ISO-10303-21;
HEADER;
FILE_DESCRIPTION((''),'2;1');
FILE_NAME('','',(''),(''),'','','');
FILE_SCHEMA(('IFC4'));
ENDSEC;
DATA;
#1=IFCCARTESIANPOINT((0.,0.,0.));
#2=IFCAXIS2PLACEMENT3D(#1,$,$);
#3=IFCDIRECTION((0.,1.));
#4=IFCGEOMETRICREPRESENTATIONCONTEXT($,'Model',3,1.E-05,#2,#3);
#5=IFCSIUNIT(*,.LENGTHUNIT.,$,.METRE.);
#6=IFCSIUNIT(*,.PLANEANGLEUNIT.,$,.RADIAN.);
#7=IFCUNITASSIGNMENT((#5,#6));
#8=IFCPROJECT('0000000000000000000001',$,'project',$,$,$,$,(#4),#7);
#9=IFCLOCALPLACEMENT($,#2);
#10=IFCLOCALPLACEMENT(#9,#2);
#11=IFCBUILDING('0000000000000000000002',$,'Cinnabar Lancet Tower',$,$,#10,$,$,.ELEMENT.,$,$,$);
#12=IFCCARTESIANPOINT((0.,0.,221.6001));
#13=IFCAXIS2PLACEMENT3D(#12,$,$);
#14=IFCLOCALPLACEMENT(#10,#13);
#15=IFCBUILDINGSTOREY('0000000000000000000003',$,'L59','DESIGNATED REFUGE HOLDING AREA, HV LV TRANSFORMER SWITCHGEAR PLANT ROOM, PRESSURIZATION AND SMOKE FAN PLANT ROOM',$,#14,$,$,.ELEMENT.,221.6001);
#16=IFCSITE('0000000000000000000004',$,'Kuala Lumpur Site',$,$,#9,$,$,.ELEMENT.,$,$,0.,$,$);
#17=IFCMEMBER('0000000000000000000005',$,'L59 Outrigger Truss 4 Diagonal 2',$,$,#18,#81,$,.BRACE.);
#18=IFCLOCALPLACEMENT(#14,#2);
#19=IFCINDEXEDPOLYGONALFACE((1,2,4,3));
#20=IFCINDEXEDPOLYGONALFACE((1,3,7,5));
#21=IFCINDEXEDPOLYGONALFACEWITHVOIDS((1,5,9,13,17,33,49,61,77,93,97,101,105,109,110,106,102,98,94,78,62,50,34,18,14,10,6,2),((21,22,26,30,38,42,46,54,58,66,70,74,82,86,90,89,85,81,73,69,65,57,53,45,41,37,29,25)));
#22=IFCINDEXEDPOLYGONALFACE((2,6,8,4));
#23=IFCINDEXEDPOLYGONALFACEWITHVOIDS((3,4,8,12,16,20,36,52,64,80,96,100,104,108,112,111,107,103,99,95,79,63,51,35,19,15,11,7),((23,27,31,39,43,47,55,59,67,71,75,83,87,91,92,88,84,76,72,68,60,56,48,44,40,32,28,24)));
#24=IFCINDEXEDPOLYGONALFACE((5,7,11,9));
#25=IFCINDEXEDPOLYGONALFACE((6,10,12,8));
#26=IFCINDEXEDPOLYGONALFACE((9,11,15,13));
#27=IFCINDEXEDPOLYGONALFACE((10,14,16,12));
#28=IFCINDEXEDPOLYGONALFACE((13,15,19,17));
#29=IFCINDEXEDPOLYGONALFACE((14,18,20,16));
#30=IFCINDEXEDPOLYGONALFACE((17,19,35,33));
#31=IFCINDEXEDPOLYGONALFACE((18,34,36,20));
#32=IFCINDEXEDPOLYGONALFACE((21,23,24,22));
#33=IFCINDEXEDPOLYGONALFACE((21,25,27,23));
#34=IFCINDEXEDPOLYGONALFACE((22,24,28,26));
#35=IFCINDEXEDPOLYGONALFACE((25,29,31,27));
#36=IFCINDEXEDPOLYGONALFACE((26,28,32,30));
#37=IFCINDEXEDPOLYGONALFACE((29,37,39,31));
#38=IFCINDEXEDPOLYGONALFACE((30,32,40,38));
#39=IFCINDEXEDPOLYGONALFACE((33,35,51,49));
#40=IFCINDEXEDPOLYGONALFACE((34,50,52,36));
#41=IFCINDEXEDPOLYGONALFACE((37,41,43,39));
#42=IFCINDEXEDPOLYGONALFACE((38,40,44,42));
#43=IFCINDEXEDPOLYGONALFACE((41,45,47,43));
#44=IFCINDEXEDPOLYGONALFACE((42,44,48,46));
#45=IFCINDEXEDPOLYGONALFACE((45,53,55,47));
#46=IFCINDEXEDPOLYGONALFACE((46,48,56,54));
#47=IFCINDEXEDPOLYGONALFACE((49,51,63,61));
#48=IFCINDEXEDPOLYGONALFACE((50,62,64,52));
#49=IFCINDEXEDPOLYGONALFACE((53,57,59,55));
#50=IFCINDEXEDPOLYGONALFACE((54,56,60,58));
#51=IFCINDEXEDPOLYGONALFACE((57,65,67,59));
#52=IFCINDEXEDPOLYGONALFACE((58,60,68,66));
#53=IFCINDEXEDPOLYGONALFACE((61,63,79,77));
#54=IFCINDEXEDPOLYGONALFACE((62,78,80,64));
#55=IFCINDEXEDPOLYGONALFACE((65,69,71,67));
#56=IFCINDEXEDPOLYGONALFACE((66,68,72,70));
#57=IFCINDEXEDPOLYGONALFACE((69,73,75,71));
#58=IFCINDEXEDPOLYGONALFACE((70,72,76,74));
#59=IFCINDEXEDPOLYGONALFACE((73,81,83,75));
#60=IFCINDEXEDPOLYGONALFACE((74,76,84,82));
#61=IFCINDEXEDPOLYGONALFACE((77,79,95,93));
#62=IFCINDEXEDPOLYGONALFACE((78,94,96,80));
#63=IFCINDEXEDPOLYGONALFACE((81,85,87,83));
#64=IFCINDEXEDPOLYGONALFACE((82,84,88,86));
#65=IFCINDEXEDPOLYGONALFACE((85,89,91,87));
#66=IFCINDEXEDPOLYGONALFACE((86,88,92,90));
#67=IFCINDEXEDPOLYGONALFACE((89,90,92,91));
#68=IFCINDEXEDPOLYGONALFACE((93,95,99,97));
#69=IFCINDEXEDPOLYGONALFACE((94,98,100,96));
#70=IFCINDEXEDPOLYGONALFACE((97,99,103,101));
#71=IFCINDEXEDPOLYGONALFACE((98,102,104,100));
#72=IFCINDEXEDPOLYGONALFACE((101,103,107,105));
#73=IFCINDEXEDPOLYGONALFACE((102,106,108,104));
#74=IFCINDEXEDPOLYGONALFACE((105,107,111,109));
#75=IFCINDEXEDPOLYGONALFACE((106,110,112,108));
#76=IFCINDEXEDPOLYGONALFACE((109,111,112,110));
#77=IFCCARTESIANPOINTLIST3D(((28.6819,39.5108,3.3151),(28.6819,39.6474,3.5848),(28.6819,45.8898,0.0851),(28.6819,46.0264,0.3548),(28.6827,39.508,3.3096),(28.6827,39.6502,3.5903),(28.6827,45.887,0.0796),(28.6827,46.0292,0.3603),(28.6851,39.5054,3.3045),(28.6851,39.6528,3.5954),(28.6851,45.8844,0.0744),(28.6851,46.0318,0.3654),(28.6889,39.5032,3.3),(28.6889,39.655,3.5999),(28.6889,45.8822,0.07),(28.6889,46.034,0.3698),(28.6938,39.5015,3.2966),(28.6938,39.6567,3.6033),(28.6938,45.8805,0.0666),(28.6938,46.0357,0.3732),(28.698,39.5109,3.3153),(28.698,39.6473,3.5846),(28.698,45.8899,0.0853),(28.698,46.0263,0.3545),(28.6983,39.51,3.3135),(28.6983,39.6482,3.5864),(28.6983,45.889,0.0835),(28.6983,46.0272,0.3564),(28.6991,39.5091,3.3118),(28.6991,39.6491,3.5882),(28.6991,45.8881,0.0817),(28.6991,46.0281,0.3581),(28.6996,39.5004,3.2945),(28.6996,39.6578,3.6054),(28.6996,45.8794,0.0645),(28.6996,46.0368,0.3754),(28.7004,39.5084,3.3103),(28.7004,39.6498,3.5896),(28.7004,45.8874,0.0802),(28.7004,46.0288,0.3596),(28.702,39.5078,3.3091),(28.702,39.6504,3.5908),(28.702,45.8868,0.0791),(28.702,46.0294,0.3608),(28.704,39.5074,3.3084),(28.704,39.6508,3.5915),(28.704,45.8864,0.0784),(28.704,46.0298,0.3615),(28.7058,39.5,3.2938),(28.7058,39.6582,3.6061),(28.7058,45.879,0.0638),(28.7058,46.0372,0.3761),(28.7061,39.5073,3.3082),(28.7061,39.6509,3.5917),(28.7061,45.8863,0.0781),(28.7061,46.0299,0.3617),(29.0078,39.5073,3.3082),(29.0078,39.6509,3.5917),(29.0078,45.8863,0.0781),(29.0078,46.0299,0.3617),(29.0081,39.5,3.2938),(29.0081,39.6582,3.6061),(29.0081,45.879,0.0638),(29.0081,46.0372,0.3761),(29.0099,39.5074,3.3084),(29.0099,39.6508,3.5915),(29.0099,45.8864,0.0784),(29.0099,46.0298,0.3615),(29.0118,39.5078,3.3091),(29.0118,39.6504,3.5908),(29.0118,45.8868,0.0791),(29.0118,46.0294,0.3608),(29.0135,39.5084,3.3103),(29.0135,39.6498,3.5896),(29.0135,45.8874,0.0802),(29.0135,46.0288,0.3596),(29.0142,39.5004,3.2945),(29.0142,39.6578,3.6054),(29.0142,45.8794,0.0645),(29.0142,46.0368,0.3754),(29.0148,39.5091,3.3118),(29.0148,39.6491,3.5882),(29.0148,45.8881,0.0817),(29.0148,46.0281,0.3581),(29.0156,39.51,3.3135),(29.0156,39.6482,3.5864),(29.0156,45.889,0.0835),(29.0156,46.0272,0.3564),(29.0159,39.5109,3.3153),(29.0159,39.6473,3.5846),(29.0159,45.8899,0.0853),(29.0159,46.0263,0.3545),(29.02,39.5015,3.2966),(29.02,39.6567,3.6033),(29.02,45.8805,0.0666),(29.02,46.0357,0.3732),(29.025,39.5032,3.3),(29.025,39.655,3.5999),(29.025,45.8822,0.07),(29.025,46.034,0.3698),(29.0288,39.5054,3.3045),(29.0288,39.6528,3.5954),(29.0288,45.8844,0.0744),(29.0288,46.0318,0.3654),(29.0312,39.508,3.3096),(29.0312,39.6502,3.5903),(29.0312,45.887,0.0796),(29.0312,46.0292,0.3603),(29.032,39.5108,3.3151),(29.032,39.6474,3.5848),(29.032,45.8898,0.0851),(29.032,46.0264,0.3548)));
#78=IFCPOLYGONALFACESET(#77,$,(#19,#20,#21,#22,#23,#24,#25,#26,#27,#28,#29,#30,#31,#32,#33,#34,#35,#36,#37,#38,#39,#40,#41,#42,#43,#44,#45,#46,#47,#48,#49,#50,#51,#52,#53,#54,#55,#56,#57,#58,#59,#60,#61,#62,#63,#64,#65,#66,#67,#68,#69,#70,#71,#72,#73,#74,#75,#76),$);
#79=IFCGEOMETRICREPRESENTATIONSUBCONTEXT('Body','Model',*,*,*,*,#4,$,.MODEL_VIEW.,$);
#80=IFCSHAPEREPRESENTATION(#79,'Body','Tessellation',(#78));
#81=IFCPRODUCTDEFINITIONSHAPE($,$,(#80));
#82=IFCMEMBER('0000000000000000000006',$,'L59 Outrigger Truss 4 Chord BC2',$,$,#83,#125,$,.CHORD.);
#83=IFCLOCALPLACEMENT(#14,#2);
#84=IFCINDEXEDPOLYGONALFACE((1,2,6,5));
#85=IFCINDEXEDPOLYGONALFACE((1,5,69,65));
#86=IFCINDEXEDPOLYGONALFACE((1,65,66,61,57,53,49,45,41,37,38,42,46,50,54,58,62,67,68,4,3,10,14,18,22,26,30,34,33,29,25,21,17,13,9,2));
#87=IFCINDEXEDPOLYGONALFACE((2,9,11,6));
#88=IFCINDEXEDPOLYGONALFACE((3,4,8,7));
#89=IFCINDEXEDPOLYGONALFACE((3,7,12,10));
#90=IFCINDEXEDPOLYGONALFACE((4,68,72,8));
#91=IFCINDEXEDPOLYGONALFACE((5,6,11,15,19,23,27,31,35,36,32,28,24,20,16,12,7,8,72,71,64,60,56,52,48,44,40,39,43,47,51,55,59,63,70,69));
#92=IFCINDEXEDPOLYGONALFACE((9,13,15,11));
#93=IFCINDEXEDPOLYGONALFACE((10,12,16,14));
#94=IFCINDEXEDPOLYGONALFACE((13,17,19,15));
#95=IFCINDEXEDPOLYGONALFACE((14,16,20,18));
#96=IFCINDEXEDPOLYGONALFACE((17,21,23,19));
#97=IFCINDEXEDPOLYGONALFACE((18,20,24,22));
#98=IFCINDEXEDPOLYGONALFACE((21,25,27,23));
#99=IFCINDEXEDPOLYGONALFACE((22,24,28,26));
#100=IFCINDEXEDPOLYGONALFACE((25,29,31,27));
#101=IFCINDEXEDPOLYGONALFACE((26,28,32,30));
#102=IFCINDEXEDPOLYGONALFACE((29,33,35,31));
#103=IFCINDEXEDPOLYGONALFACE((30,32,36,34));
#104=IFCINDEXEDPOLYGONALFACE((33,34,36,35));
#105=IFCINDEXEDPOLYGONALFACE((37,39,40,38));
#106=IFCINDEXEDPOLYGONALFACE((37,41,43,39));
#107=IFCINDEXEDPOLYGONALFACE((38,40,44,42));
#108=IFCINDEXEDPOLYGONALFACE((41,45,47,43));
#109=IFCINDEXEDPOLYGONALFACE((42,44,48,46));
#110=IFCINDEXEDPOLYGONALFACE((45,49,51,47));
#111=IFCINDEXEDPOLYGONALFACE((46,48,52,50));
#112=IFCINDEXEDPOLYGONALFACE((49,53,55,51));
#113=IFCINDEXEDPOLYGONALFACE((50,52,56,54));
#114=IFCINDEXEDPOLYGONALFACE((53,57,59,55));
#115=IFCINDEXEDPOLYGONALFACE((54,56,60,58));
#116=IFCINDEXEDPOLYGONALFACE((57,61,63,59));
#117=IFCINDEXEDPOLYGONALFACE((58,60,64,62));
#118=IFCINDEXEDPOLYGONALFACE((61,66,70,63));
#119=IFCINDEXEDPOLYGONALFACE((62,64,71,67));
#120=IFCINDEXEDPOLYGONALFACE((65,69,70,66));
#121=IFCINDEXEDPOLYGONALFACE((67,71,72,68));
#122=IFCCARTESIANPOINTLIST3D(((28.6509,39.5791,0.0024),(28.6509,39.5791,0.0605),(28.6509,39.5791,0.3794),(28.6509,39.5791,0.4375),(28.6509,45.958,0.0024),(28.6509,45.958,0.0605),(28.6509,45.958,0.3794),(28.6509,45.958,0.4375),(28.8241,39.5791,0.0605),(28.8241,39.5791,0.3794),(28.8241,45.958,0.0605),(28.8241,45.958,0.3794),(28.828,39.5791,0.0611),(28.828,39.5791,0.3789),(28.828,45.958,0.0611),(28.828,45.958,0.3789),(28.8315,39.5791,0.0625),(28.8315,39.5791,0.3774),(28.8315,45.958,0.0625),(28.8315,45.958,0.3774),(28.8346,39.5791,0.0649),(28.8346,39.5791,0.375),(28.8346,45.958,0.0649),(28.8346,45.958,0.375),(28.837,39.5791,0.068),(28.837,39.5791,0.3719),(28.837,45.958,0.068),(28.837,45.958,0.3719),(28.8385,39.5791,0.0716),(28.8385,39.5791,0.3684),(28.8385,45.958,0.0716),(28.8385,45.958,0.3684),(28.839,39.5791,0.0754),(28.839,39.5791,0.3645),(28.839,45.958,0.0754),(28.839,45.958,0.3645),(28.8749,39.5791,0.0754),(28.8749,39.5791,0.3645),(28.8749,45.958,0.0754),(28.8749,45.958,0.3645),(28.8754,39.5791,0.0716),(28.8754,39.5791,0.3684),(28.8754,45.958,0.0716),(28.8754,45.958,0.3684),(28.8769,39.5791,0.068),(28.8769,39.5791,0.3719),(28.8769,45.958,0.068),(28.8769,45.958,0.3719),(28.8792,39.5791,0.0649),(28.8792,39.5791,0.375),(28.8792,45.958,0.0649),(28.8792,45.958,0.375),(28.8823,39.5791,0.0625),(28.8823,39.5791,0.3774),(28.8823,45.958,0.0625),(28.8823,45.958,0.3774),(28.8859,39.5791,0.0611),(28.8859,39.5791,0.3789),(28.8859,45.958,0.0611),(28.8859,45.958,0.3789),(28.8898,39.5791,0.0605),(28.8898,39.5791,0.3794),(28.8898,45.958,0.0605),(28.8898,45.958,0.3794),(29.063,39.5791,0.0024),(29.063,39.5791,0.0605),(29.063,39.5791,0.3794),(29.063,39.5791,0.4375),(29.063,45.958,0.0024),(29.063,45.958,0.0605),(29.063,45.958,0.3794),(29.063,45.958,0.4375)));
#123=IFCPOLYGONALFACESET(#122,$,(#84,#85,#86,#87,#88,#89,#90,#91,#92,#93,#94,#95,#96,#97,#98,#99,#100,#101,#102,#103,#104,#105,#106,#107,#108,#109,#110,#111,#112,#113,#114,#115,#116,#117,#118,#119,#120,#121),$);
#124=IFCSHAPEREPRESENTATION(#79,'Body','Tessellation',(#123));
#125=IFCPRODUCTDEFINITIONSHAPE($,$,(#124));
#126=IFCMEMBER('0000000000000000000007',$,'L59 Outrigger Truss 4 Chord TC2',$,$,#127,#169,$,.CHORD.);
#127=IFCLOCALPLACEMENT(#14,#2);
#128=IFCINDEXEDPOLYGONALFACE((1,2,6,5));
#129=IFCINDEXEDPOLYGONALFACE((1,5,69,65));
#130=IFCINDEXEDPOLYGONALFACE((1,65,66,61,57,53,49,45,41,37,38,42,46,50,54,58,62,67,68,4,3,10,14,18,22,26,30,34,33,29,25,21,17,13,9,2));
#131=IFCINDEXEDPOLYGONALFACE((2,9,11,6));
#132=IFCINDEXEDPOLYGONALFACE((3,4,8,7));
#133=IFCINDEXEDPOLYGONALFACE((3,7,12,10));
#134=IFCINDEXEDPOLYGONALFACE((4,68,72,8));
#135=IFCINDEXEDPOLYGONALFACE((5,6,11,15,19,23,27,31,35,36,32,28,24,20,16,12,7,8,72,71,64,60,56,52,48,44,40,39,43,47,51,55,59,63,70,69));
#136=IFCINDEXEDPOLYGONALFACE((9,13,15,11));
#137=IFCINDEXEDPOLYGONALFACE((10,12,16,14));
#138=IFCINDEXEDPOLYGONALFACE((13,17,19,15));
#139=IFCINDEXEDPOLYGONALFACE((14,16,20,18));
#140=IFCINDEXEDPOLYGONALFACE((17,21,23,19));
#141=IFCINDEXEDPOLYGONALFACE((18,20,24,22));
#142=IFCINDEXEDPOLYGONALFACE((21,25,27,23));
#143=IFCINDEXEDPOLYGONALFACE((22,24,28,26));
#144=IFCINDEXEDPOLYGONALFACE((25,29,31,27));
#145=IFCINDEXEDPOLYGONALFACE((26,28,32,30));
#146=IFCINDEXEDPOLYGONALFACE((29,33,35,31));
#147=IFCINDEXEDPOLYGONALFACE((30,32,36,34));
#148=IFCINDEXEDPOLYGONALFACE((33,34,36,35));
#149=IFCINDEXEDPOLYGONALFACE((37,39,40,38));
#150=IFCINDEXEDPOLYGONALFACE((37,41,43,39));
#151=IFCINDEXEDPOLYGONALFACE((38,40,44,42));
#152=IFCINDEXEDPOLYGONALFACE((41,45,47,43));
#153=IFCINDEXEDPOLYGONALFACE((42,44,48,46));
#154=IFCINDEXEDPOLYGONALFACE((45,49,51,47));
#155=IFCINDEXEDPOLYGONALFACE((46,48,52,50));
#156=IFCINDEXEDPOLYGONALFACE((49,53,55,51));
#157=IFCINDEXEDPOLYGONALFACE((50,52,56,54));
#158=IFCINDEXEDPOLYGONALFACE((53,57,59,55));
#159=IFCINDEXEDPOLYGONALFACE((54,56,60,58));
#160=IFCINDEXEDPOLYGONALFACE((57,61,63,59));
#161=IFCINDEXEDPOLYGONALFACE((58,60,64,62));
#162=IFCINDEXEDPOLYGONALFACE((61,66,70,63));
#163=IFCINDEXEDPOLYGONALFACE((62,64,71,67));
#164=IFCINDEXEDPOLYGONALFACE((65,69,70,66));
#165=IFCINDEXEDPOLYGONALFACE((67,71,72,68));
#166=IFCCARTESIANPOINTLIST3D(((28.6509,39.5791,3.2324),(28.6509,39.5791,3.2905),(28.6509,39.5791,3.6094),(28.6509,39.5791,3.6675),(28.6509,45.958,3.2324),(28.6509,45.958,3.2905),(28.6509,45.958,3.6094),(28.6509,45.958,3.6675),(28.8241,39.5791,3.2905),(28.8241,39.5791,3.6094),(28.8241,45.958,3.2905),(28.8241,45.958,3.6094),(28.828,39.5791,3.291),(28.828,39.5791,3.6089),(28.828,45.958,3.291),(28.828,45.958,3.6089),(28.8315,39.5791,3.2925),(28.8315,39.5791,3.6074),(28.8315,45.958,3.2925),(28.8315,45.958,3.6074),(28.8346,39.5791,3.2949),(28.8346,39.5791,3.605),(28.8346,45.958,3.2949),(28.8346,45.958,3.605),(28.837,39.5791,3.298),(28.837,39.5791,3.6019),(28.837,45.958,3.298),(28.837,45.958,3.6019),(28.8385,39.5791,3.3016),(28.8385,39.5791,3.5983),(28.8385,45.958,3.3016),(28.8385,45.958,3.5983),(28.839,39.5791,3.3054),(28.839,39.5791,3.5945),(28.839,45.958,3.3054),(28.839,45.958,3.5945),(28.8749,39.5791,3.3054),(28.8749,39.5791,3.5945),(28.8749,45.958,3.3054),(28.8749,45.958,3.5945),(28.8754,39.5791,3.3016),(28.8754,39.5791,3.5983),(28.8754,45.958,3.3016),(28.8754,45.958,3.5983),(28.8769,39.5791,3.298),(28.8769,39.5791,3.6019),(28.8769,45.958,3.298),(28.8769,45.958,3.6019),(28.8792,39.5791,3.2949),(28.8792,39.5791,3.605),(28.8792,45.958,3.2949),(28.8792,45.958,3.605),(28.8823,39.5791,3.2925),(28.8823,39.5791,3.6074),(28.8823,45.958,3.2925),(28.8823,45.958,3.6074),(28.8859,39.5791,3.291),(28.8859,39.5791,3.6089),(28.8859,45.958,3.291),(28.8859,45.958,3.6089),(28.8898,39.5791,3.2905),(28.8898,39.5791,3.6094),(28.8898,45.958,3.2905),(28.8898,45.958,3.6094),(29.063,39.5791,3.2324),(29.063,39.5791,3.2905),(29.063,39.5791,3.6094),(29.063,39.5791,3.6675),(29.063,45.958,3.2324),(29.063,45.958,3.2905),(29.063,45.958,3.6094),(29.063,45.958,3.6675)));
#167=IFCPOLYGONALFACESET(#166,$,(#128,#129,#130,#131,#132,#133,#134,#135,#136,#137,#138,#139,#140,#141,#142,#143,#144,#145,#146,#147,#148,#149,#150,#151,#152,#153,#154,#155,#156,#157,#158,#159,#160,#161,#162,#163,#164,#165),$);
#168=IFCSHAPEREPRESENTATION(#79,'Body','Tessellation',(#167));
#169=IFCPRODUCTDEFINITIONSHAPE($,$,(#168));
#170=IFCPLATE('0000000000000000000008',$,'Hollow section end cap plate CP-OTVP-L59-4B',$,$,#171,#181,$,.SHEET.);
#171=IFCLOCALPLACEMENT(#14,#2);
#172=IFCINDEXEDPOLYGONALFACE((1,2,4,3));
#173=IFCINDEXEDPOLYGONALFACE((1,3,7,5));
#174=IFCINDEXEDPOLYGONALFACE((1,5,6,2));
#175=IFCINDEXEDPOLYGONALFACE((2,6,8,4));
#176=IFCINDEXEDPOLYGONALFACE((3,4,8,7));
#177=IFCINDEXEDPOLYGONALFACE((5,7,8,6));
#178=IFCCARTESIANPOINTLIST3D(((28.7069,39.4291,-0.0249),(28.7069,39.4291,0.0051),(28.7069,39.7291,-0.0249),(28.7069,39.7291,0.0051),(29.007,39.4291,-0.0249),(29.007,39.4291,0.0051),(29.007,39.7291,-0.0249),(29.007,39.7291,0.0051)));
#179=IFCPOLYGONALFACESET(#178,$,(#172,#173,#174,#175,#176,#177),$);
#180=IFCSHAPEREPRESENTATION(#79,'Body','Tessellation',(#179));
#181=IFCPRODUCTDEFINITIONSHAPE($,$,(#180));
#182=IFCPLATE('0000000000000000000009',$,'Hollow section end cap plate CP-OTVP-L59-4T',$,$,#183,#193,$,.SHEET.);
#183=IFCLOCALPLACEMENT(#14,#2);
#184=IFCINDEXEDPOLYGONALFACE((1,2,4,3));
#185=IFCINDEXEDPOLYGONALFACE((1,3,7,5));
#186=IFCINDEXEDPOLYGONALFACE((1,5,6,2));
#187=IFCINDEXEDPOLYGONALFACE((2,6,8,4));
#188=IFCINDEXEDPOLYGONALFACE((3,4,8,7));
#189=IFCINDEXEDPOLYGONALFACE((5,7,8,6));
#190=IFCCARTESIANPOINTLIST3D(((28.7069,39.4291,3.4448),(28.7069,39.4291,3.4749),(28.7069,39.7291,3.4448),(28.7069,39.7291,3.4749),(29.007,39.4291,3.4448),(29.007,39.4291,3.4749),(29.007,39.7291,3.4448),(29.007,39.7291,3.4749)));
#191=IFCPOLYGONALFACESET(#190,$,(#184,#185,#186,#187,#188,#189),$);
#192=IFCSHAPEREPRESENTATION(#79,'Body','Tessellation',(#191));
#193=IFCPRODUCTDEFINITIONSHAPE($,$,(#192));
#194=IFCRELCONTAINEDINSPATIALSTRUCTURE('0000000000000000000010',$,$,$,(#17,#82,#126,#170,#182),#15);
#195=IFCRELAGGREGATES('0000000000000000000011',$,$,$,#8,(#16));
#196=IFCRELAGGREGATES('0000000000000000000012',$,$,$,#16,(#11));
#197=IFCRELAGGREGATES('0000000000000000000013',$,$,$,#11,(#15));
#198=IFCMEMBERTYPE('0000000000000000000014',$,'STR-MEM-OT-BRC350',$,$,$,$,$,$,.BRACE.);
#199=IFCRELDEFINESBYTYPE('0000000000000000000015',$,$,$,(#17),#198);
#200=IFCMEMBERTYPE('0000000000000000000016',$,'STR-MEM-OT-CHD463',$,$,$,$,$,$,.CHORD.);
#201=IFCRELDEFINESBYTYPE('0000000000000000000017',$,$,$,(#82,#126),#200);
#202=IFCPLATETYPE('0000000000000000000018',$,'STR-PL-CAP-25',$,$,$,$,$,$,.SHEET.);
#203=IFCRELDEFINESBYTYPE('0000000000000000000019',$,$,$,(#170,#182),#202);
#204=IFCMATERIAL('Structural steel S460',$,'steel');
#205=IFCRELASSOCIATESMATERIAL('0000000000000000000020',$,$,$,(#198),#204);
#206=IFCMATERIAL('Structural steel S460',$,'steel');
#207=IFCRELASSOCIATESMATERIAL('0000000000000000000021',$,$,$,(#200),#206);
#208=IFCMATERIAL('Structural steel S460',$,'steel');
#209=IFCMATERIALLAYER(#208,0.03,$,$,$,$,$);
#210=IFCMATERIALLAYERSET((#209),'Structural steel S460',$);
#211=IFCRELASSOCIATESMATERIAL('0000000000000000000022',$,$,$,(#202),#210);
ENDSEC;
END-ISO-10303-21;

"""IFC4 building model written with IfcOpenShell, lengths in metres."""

from ifc_helpers import new_model, si_unit, direction, frame, origin, origin_2d, place, context, subcontext, project, spatial, rectangle, hollow_rectangle, i_section, extrude, material, layer, layer_set, material_profile, profile_set, type_object, element, save


model = new_model("IFC4")

# Units and contexts
model_context = context("Model", 3, precision=1e-05, world=origin(), true_north=direction((0.0, 1.0)))
body_context = subcontext(model_context, "Body", "Model", "MODEL_VIEW")
ifc_project = project(units=[si_unit("LENGTHUNIT", "METRE"), si_unit("PLANEANGLEUNIT", "RADIAN")], contexts=[model_context])

# Site, building, storey
site_placement = place(None, origin())
site = spatial("IfcSite", under=ifc_project, at=site_placement, Name="Kuala Lumpur Site", CompositionType="ELEMENT", RefElevation=0.0)
building_placement = place(site_placement, origin())
building = spatial("IfcBuilding", under=site, at=building_placement, Name="Cinnabar Lancet Tower", CompositionType="ELEMENT")
storey_placement = place(building_placement, frame((0.0, 0.0, 221.6001)))
storey = spatial("IfcBuildingStorey", under=building, at=storey_placement, Name="L59", Description="DESIGNATED REFUGE HOLDING AREA, HV LV TRANSFORMER SWITCHGEAR PLANT ROOM, PRESSURIZATION AND SMOKE FAN PLANT ROOM", CompositionType="ELEMENT", Elevation=221.6001)

# Members
ifc_material_1 = material(Name="Structural steel S460", Category="steel")
ifc_material_profile_1 = material_profile(ifc_material_1, hollow_rectangle(XDim=0.3501, YDim=0.3501, WallThickness=0.0161, InnerFilletRadius=0.0081, OuterFilletRadius=0.0239, at=origin_2d()), Name="SHS 350x350x16")
ifc_profile_set_1 = profile_set([ifc_material_profile_1], Name="Structural steel S460")
member_type_1 = type_object("IfcMemberType", Name="STR-MEM-OT-BRC350", PredefinedType="BRACE", material=ifc_profile_set_1)
member_1_placement = place(storey_placement, frame((28.8569, 39.5791, 3.45), z_axis=(0.0, 0.892148, -0.451742), x_axis=(-1.0, 0.0, 0.0)))
element("IfcMember", 1, at=member_1_placement, inside=storey, type_object=member_type_1, Name="L59 Outrigger Truss 4 Diagonal 2", PredefinedType="BRACE", context=body_context, shape_type="SweptSolid", body=[
    extrude(hollow_rectangle(XDim=0.3501, YDim=0.3501, WallThickness=0.0161, InnerFilletRadius=0.0081, OuterFilletRadius=0.0239, at=origin_2d()), origin(), (0.0, 0.0, 1.0), 7.1501),
])
ifc_material_2 = material(Name="Structural steel S460", Category="steel")
ifc_material_profile_2 = material_profile(ifc_material_2, i_section(OverallWidth=0.4121, OverallDepth=0.4351, WebThickness=0.0359, FlangeThickness=0.0581, FilletRadius=0.0149, at=origin_2d()), Name="HD 400x463")
ifc_profile_set_2 = profile_set([ifc_material_profile_2], Name="Structural steel S460")
member_type_2 = type_object("IfcMemberType", Name="STR-MEM-OT-CHD463", PredefinedType="CHORD", material=ifc_profile_set_2)
for number, where, z_axis, x_axis, name in (
    (2, (28.8569, 39.5791, 0.22), (0.0, 1.0, 0.0), (-1.0, 0.0, 0.0), "L59 Outrigger Truss 4 Chord BC2"),
    (3, (28.8569, 39.5791, 3.45), (0.0, 1.0, 0.0), (-1.0, 0.0, 0.0), "L59 Outrigger Truss 4 Chord TC2"),
):
    element("IfcMember", number, at=place(storey_placement, frame(where, z_axis=z_axis, x_axis=x_axis)), inside=storey, type_object=member_type_2, Name=name, PredefinedType="CHORD", context=body_context, shape_type="SweptSolid", body=[
        extrude(i_section(OverallWidth=0.4121, OverallDepth=0.4351, WebThickness=0.0359, FlangeThickness=0.0581, FilletRadius=0.0149, at=origin_2d()), origin(), (0.0, 0.0, 1.0), 6.3789),
    ])

# Plates
ifc_material_3 = material(Name="Structural steel S460", Category="steel")
ifc_layer_1 = layer(ifc_material_3, 0.03)
ifc_layer_set_1 = layer_set([ifc_layer_1], Name="Structural steel S460")
plate_type_1 = type_object("IfcPlateType", Name="STR-PL-CAP-25", PredefinedType="SHEET", material=ifc_layer_set_1)
for number, where, z_axis, x_axis, name in (
    (4, (28.8569, 39.5791, -0.0249), (0.0, 0.0, 1.0), (1.0, 0.0, 0.0), "Hollow section end cap plate CP-OTVP-L59-4B"),
    (5, (28.8569, 39.5791, 3.4448), (0.0, 0.0, 1.0), (1.0, 0.0, 0.0), "Hollow section end cap plate CP-OTVP-L59-4T"),
):
    element("IfcPlate", number, at=place(storey_placement, frame(where, z_axis=z_axis, x_axis=x_axis)), inside=storey, type_object=plate_type_1, Name=name, PredefinedType="SHEET", context=body_context, shape_type="SweptSolid", body=[
        extrude(rectangle(XDim=0.3, YDim=0.3, at=origin_2d()), origin(), (0.0, 0.0, 1.0), 0.03),
    ])

save(model, "model.ifc")
